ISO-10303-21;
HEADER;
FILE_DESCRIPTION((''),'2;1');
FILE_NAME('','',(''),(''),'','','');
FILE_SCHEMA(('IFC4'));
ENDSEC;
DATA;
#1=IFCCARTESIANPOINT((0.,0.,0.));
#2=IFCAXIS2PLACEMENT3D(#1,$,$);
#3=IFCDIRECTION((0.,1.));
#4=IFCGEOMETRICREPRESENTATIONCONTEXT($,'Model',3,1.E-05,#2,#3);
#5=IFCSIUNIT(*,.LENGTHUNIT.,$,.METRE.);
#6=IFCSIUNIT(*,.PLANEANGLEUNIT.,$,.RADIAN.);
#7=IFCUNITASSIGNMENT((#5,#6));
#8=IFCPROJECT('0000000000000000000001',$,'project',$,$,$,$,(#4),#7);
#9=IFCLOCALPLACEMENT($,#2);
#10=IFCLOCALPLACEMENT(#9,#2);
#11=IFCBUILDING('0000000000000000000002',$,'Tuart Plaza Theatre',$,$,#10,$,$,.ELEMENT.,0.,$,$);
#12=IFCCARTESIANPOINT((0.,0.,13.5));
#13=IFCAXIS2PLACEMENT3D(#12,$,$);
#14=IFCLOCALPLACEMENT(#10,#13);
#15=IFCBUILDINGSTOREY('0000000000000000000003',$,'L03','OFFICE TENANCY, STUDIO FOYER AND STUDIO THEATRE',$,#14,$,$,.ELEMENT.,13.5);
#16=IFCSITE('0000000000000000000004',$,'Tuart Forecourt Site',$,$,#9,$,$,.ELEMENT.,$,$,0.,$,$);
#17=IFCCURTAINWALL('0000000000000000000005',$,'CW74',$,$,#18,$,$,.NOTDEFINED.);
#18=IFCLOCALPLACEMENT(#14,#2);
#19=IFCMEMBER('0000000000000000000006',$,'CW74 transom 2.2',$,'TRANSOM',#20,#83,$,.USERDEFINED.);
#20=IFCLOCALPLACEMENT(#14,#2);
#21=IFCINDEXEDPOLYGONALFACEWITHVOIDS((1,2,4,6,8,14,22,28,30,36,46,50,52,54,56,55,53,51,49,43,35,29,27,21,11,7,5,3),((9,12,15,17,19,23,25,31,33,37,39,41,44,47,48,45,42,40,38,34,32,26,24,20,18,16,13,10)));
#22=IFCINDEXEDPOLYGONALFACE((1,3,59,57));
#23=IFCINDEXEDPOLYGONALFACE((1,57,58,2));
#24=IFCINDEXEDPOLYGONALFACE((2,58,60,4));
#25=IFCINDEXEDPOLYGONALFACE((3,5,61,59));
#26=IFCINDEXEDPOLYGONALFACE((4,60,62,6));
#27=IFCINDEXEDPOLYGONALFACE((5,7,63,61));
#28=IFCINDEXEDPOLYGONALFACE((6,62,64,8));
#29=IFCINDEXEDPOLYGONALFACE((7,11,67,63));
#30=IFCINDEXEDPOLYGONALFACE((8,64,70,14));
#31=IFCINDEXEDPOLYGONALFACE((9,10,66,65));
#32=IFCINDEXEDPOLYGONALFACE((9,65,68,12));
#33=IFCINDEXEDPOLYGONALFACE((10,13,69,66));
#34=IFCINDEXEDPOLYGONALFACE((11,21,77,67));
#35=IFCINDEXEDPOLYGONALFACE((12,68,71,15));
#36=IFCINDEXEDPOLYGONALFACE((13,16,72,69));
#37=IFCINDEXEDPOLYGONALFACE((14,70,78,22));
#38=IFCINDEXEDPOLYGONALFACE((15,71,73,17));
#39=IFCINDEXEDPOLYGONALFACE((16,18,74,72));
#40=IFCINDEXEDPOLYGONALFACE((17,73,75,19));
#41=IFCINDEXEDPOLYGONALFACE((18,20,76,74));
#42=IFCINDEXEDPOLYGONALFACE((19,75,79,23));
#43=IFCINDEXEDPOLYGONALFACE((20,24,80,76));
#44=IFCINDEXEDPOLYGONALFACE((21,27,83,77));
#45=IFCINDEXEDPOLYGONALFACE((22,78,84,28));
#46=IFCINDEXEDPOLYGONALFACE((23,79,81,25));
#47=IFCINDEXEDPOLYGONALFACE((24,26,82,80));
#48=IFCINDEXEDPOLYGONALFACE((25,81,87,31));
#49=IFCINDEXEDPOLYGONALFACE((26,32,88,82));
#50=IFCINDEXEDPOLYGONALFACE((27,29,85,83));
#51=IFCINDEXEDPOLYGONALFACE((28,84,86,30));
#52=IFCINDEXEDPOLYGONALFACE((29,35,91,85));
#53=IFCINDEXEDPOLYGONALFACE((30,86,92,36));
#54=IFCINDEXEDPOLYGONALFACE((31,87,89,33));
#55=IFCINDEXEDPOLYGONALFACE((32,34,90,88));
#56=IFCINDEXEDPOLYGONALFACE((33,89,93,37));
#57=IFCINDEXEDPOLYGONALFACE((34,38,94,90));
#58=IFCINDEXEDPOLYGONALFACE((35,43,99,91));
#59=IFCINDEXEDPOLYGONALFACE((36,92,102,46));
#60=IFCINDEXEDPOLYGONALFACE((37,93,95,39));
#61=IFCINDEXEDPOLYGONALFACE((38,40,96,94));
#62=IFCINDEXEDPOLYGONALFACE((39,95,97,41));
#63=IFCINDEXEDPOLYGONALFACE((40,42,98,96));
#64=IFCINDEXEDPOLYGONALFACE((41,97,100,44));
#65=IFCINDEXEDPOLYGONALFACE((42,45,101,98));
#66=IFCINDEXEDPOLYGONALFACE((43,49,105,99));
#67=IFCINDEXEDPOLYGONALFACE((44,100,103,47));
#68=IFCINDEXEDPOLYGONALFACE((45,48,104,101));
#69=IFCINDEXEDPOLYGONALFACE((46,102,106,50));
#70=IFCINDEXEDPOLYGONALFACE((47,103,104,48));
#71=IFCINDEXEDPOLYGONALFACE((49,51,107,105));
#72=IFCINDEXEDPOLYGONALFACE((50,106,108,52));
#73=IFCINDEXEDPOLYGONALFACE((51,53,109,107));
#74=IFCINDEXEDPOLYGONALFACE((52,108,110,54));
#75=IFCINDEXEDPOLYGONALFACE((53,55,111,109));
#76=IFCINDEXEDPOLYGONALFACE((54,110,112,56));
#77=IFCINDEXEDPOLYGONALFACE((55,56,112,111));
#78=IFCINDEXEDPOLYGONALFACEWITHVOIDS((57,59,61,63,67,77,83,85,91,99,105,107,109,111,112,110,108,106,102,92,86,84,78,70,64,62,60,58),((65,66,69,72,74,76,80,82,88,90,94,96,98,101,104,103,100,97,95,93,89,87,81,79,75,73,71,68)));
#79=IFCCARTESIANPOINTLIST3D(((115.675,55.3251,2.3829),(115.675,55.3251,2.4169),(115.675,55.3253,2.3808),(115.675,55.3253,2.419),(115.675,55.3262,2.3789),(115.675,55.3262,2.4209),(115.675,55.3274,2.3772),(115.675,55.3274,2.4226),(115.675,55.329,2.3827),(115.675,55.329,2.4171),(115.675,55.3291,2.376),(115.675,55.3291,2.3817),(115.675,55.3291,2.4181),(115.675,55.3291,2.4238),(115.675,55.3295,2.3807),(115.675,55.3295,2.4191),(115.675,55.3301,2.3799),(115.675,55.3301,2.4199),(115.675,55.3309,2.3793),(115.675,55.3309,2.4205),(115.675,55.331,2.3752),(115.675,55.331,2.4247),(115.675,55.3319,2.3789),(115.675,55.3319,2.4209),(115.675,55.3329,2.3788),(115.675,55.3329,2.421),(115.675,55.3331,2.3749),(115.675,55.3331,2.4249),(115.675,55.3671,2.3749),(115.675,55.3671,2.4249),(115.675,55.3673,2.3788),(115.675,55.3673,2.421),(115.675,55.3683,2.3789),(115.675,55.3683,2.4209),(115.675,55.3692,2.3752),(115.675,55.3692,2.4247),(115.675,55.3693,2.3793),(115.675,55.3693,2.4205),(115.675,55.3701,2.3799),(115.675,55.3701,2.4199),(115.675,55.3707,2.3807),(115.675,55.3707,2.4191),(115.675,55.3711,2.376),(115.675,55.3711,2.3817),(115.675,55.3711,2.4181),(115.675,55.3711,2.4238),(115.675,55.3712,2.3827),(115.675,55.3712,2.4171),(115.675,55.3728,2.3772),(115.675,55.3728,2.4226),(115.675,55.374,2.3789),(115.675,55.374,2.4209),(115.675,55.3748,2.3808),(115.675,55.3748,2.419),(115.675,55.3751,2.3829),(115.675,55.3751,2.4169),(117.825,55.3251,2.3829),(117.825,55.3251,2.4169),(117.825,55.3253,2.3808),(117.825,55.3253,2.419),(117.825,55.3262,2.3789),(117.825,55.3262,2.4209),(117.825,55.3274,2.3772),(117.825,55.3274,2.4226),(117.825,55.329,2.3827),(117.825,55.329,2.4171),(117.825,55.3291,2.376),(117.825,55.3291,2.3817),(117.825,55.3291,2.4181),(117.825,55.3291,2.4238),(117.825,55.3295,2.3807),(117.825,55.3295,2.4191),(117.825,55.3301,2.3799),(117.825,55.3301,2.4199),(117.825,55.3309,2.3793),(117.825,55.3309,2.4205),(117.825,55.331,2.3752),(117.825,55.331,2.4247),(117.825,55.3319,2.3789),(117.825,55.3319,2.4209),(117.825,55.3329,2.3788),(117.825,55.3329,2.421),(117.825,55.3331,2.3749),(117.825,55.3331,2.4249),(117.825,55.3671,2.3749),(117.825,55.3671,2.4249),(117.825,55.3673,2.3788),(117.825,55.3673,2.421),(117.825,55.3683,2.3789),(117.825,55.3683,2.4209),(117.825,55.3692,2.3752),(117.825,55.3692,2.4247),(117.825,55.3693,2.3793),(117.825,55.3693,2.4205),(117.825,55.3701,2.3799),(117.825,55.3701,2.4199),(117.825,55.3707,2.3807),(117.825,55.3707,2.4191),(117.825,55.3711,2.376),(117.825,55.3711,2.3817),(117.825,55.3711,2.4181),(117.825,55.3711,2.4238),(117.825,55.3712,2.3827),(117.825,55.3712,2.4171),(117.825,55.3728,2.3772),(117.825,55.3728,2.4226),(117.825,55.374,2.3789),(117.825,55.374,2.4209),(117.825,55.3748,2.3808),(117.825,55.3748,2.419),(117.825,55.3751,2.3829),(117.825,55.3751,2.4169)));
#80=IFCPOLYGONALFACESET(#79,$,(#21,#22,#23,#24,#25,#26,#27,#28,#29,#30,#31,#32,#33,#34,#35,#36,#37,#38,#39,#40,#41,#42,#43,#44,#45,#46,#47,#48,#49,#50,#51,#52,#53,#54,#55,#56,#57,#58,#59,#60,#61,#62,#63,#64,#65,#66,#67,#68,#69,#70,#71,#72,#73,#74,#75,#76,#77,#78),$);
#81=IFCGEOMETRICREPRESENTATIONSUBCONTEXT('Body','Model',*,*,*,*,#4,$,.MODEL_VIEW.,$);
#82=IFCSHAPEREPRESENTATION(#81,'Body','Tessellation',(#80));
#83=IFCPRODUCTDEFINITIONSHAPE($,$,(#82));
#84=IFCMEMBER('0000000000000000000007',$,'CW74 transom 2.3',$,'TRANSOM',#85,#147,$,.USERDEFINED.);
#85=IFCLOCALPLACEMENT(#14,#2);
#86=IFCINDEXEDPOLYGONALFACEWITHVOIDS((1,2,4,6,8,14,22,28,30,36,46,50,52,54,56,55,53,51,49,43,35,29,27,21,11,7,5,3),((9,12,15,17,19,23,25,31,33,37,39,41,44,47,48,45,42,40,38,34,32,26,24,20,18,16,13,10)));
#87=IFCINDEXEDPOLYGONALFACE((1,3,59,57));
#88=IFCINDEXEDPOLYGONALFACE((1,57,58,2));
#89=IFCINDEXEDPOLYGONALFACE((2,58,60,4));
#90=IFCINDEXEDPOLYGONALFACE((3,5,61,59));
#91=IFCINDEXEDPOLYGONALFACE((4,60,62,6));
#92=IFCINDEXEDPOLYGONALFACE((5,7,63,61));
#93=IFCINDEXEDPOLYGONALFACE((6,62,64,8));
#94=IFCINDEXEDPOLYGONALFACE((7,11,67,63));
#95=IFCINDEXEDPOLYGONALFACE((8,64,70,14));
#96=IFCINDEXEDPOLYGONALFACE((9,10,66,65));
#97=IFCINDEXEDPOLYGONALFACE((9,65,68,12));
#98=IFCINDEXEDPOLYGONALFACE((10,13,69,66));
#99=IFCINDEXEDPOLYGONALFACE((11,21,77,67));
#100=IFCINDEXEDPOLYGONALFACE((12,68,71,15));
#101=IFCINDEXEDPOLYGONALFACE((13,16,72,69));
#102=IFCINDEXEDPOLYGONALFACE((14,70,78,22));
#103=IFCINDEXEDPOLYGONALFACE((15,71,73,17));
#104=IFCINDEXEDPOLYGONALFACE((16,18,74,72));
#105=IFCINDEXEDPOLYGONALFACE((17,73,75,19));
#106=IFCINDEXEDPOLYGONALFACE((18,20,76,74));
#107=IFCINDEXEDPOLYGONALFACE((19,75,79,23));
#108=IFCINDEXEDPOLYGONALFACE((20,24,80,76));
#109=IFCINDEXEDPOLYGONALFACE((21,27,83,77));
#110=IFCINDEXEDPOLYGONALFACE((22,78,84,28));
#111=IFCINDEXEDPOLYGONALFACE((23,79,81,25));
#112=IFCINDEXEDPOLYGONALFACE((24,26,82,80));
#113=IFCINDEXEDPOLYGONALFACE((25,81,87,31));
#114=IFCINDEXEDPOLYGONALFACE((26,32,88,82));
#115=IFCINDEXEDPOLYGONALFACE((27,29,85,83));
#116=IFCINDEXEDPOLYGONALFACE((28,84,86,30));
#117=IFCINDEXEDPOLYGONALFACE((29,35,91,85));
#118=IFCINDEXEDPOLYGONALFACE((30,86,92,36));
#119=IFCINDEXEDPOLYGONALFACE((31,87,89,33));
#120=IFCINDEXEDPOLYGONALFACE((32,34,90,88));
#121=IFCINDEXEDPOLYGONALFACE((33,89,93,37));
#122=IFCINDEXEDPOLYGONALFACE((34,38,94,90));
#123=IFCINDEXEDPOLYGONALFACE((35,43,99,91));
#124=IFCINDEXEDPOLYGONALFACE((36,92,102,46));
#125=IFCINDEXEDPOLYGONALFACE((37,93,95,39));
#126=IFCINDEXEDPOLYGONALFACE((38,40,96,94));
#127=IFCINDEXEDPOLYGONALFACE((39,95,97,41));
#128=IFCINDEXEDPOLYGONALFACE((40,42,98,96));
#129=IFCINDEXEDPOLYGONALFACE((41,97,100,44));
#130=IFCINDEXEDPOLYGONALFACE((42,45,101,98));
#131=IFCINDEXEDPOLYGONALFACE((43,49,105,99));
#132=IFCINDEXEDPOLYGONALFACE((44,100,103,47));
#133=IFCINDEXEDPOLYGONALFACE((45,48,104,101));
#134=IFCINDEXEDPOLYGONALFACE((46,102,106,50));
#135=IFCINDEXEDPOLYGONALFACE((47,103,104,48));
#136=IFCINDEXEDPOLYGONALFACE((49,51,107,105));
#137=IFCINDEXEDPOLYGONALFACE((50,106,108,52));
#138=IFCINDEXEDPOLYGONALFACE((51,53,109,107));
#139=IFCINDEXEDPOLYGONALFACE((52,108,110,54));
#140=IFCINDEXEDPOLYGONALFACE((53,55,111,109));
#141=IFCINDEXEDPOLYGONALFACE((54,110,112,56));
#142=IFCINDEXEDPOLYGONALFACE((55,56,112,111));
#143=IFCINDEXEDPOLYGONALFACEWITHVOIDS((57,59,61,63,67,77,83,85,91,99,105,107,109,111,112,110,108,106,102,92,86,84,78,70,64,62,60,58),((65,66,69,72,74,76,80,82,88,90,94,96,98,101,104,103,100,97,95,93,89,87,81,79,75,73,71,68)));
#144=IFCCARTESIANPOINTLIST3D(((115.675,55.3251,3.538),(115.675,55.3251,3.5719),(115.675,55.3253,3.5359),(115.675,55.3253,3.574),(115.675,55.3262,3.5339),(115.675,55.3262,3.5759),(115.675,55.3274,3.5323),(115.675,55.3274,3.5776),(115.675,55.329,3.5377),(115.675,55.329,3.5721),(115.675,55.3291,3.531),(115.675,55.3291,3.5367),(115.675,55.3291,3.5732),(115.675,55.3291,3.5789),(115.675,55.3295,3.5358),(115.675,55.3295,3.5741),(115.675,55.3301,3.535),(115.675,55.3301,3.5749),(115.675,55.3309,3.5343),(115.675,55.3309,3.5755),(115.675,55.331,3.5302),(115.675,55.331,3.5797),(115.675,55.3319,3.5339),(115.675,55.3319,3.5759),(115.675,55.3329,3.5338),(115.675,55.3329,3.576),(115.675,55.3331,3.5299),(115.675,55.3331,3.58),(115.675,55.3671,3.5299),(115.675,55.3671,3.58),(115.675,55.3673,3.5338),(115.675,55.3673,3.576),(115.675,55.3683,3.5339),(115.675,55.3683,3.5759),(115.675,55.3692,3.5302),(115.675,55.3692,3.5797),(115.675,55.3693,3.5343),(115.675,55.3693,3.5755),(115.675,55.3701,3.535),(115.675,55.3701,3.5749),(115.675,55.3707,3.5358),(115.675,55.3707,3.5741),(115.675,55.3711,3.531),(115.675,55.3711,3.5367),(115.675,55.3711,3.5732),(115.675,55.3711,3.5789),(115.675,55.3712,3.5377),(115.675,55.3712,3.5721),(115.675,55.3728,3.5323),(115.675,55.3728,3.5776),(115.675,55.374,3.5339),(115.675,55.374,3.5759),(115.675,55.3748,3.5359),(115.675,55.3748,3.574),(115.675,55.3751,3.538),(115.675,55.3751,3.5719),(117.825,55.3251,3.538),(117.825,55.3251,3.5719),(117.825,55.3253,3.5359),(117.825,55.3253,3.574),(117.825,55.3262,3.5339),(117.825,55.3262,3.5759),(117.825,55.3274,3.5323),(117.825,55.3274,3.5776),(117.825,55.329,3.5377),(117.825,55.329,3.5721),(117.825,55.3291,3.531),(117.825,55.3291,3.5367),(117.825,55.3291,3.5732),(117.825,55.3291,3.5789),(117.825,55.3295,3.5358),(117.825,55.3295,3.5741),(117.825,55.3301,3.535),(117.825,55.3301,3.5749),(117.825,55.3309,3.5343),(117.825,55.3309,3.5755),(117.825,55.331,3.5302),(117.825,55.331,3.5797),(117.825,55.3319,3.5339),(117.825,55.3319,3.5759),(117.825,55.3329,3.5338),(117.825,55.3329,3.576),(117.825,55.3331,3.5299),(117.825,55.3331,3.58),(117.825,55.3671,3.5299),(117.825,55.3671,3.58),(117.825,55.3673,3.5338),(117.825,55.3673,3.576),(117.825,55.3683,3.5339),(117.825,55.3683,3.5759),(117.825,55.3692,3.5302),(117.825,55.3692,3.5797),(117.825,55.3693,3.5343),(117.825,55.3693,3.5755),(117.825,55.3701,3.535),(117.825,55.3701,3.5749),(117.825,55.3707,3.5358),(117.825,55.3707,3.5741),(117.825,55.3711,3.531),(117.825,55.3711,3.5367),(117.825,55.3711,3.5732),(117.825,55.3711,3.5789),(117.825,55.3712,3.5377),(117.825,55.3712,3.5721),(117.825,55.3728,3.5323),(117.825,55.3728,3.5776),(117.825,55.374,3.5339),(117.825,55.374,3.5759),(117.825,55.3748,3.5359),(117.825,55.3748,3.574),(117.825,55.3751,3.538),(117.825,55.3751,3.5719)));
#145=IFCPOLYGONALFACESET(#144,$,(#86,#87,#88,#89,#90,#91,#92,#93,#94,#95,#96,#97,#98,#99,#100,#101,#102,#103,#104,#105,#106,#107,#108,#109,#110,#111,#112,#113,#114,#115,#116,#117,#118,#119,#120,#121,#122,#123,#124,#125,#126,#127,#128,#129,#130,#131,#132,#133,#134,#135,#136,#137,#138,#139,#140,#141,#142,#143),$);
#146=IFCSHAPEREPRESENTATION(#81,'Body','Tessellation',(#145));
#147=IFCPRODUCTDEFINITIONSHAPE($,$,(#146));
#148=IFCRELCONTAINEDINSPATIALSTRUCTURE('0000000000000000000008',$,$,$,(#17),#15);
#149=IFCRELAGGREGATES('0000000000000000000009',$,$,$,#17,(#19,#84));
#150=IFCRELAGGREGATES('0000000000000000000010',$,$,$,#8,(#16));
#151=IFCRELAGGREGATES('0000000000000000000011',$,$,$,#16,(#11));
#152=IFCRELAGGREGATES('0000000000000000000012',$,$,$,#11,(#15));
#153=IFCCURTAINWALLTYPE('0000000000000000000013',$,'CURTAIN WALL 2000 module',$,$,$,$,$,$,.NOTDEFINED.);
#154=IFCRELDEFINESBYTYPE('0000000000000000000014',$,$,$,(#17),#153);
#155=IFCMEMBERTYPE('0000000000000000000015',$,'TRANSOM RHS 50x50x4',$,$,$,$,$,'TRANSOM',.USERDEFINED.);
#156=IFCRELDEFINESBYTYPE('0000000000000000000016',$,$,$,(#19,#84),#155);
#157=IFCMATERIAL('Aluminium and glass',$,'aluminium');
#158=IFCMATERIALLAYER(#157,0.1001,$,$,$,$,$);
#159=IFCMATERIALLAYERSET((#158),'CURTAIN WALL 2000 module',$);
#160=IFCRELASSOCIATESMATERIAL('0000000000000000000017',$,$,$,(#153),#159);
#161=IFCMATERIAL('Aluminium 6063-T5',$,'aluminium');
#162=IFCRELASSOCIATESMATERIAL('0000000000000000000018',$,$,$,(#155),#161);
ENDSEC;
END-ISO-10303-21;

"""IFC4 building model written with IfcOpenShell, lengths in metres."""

from ifc_helpers import new_model, si_unit, direction, frame, origin, origin_2d, place, context, subcontext, project, spatial, hollow_rectangle, extrude, material, layer, layer_set, material_profile, profile_set, type_object, element, aggregate, save


model = new_model("IFC4")

# Units and contexts
model_context = context("Model", 3, precision=1e-05, world=origin(), true_north=direction((0.0, 1.0)))
body_context = subcontext(model_context, "Body", "Model", "MODEL_VIEW")
ifc_project = project(units=[si_unit("LENGTHUNIT", "METRE"), si_unit("PLANEANGLEUNIT", "RADIAN")], contexts=[model_context])

# Site, building, storey
site_placement = place(None, origin())
site = spatial("IfcSite", under=ifc_project, at=site_placement, Name="Tuart Forecourt Site", CompositionType="ELEMENT", RefElevation=0.0)
building_placement = place(site_placement, origin())
building = spatial("IfcBuilding", under=site, at=building_placement, Name="Tuart Plaza Theatre", CompositionType="ELEMENT", ElevationOfRefHeight=0.0)
storey_placement = place(building_placement, frame((0.0, 0.0, 13.5)))
storey = spatial("IfcBuildingStorey", under=building, at=storey_placement, Name="L03", Description="OFFICE TENANCY, STUDIO FOYER AND STUDIO THEATRE", CompositionType="ELEMENT", Elevation=13.5)

# Shared definitions
ifc_material_1 = material(Name="Aluminium and glass", Category="aluminium")
ifc_layer_1 = layer(ifc_material_1, 0.1001)
ifc_layer_set_1 = layer_set([ifc_layer_1], Name="CURTAIN WALL 2000 module")
curtain_wall_type = type_object("IfcCurtainWallType", Name="CURTAIN WALL 2000 module", PredefinedType="NOTDEFINED", material=ifc_layer_set_1)

# Curtain wall, members
curtain_wall_1_placement = place(storey_placement, origin())
curtain_wall_1 = element("IfcCurtainWall", 1, at=curtain_wall_1_placement, inside=storey, type_object=curtain_wall_type, Name="CW74", PredefinedType="NOTDEFINED")
ifc_material_2 = material(Name="Aluminium 6063-T5", Category="aluminium")
ifc_material_profile_1 = material_profile(ifc_material_2, hollow_rectangle(XDim=0.05, YDim=0.05, WallThickness=0.0039, InnerFilletRadius=0.0039, OuterFilletRadius=0.0081, at=origin_2d()), Name="RHS 50x50x4")
ifc_profile_set_1 = profile_set([ifc_material_profile_1], Name="Aluminium 6063-T5")
member_type_1 = type_object("IfcMemberType", Name="TRANSOM RHS 50x50x4", ElementType="TRANSOM", PredefinedType="USERDEFINED", material=ifc_profile_set_1)
member_1_placement = place(storey_placement, frame((115.675, 55.3501, 2.3999), z_axis=(1.0, 0.0, 0.0), x_axis=(0.0, 1.0, 0.0)))
member_1 = element("IfcMember", 2, at=member_1_placement, type_object=member_type_1, Name="CW74 transom 2.2", ObjectType="TRANSOM", PredefinedType="USERDEFINED", context=body_context, shape_type="SweptSolid", body=[
    extrude(hollow_rectangle(XDim=0.05, YDim=0.05, WallThickness=0.0039, InnerFilletRadius=0.0039, OuterFilletRadius=0.0081, at=origin_2d()), origin(), (0.0, 0.0, 1.0), 2.1499),
])
member_2_placement = place(storey_placement, frame((115.675, 55.3501, 3.5549), z_axis=(1.0, 0.0, 0.0), x_axis=(0.0, 1.0, 0.0)))
member_2 = element("IfcMember", 3, at=member_2_placement, type_object=member_type_1, Name="CW74 transom 2.3", ObjectType="TRANSOM", PredefinedType="USERDEFINED", context=body_context, shape_type="SweptSolid", body=[
    extrude(hollow_rectangle(XDim=0.05, YDim=0.05, WallThickness=0.0039, InnerFilletRadius=0.0039, OuterFilletRadius=0.0081, at=origin_2d()), origin(), (0.0, 0.0, 1.0), 2.1499),
])
aggregate(curtain_wall_1, [member_1, member_2])

save(model, "model.ifc")
